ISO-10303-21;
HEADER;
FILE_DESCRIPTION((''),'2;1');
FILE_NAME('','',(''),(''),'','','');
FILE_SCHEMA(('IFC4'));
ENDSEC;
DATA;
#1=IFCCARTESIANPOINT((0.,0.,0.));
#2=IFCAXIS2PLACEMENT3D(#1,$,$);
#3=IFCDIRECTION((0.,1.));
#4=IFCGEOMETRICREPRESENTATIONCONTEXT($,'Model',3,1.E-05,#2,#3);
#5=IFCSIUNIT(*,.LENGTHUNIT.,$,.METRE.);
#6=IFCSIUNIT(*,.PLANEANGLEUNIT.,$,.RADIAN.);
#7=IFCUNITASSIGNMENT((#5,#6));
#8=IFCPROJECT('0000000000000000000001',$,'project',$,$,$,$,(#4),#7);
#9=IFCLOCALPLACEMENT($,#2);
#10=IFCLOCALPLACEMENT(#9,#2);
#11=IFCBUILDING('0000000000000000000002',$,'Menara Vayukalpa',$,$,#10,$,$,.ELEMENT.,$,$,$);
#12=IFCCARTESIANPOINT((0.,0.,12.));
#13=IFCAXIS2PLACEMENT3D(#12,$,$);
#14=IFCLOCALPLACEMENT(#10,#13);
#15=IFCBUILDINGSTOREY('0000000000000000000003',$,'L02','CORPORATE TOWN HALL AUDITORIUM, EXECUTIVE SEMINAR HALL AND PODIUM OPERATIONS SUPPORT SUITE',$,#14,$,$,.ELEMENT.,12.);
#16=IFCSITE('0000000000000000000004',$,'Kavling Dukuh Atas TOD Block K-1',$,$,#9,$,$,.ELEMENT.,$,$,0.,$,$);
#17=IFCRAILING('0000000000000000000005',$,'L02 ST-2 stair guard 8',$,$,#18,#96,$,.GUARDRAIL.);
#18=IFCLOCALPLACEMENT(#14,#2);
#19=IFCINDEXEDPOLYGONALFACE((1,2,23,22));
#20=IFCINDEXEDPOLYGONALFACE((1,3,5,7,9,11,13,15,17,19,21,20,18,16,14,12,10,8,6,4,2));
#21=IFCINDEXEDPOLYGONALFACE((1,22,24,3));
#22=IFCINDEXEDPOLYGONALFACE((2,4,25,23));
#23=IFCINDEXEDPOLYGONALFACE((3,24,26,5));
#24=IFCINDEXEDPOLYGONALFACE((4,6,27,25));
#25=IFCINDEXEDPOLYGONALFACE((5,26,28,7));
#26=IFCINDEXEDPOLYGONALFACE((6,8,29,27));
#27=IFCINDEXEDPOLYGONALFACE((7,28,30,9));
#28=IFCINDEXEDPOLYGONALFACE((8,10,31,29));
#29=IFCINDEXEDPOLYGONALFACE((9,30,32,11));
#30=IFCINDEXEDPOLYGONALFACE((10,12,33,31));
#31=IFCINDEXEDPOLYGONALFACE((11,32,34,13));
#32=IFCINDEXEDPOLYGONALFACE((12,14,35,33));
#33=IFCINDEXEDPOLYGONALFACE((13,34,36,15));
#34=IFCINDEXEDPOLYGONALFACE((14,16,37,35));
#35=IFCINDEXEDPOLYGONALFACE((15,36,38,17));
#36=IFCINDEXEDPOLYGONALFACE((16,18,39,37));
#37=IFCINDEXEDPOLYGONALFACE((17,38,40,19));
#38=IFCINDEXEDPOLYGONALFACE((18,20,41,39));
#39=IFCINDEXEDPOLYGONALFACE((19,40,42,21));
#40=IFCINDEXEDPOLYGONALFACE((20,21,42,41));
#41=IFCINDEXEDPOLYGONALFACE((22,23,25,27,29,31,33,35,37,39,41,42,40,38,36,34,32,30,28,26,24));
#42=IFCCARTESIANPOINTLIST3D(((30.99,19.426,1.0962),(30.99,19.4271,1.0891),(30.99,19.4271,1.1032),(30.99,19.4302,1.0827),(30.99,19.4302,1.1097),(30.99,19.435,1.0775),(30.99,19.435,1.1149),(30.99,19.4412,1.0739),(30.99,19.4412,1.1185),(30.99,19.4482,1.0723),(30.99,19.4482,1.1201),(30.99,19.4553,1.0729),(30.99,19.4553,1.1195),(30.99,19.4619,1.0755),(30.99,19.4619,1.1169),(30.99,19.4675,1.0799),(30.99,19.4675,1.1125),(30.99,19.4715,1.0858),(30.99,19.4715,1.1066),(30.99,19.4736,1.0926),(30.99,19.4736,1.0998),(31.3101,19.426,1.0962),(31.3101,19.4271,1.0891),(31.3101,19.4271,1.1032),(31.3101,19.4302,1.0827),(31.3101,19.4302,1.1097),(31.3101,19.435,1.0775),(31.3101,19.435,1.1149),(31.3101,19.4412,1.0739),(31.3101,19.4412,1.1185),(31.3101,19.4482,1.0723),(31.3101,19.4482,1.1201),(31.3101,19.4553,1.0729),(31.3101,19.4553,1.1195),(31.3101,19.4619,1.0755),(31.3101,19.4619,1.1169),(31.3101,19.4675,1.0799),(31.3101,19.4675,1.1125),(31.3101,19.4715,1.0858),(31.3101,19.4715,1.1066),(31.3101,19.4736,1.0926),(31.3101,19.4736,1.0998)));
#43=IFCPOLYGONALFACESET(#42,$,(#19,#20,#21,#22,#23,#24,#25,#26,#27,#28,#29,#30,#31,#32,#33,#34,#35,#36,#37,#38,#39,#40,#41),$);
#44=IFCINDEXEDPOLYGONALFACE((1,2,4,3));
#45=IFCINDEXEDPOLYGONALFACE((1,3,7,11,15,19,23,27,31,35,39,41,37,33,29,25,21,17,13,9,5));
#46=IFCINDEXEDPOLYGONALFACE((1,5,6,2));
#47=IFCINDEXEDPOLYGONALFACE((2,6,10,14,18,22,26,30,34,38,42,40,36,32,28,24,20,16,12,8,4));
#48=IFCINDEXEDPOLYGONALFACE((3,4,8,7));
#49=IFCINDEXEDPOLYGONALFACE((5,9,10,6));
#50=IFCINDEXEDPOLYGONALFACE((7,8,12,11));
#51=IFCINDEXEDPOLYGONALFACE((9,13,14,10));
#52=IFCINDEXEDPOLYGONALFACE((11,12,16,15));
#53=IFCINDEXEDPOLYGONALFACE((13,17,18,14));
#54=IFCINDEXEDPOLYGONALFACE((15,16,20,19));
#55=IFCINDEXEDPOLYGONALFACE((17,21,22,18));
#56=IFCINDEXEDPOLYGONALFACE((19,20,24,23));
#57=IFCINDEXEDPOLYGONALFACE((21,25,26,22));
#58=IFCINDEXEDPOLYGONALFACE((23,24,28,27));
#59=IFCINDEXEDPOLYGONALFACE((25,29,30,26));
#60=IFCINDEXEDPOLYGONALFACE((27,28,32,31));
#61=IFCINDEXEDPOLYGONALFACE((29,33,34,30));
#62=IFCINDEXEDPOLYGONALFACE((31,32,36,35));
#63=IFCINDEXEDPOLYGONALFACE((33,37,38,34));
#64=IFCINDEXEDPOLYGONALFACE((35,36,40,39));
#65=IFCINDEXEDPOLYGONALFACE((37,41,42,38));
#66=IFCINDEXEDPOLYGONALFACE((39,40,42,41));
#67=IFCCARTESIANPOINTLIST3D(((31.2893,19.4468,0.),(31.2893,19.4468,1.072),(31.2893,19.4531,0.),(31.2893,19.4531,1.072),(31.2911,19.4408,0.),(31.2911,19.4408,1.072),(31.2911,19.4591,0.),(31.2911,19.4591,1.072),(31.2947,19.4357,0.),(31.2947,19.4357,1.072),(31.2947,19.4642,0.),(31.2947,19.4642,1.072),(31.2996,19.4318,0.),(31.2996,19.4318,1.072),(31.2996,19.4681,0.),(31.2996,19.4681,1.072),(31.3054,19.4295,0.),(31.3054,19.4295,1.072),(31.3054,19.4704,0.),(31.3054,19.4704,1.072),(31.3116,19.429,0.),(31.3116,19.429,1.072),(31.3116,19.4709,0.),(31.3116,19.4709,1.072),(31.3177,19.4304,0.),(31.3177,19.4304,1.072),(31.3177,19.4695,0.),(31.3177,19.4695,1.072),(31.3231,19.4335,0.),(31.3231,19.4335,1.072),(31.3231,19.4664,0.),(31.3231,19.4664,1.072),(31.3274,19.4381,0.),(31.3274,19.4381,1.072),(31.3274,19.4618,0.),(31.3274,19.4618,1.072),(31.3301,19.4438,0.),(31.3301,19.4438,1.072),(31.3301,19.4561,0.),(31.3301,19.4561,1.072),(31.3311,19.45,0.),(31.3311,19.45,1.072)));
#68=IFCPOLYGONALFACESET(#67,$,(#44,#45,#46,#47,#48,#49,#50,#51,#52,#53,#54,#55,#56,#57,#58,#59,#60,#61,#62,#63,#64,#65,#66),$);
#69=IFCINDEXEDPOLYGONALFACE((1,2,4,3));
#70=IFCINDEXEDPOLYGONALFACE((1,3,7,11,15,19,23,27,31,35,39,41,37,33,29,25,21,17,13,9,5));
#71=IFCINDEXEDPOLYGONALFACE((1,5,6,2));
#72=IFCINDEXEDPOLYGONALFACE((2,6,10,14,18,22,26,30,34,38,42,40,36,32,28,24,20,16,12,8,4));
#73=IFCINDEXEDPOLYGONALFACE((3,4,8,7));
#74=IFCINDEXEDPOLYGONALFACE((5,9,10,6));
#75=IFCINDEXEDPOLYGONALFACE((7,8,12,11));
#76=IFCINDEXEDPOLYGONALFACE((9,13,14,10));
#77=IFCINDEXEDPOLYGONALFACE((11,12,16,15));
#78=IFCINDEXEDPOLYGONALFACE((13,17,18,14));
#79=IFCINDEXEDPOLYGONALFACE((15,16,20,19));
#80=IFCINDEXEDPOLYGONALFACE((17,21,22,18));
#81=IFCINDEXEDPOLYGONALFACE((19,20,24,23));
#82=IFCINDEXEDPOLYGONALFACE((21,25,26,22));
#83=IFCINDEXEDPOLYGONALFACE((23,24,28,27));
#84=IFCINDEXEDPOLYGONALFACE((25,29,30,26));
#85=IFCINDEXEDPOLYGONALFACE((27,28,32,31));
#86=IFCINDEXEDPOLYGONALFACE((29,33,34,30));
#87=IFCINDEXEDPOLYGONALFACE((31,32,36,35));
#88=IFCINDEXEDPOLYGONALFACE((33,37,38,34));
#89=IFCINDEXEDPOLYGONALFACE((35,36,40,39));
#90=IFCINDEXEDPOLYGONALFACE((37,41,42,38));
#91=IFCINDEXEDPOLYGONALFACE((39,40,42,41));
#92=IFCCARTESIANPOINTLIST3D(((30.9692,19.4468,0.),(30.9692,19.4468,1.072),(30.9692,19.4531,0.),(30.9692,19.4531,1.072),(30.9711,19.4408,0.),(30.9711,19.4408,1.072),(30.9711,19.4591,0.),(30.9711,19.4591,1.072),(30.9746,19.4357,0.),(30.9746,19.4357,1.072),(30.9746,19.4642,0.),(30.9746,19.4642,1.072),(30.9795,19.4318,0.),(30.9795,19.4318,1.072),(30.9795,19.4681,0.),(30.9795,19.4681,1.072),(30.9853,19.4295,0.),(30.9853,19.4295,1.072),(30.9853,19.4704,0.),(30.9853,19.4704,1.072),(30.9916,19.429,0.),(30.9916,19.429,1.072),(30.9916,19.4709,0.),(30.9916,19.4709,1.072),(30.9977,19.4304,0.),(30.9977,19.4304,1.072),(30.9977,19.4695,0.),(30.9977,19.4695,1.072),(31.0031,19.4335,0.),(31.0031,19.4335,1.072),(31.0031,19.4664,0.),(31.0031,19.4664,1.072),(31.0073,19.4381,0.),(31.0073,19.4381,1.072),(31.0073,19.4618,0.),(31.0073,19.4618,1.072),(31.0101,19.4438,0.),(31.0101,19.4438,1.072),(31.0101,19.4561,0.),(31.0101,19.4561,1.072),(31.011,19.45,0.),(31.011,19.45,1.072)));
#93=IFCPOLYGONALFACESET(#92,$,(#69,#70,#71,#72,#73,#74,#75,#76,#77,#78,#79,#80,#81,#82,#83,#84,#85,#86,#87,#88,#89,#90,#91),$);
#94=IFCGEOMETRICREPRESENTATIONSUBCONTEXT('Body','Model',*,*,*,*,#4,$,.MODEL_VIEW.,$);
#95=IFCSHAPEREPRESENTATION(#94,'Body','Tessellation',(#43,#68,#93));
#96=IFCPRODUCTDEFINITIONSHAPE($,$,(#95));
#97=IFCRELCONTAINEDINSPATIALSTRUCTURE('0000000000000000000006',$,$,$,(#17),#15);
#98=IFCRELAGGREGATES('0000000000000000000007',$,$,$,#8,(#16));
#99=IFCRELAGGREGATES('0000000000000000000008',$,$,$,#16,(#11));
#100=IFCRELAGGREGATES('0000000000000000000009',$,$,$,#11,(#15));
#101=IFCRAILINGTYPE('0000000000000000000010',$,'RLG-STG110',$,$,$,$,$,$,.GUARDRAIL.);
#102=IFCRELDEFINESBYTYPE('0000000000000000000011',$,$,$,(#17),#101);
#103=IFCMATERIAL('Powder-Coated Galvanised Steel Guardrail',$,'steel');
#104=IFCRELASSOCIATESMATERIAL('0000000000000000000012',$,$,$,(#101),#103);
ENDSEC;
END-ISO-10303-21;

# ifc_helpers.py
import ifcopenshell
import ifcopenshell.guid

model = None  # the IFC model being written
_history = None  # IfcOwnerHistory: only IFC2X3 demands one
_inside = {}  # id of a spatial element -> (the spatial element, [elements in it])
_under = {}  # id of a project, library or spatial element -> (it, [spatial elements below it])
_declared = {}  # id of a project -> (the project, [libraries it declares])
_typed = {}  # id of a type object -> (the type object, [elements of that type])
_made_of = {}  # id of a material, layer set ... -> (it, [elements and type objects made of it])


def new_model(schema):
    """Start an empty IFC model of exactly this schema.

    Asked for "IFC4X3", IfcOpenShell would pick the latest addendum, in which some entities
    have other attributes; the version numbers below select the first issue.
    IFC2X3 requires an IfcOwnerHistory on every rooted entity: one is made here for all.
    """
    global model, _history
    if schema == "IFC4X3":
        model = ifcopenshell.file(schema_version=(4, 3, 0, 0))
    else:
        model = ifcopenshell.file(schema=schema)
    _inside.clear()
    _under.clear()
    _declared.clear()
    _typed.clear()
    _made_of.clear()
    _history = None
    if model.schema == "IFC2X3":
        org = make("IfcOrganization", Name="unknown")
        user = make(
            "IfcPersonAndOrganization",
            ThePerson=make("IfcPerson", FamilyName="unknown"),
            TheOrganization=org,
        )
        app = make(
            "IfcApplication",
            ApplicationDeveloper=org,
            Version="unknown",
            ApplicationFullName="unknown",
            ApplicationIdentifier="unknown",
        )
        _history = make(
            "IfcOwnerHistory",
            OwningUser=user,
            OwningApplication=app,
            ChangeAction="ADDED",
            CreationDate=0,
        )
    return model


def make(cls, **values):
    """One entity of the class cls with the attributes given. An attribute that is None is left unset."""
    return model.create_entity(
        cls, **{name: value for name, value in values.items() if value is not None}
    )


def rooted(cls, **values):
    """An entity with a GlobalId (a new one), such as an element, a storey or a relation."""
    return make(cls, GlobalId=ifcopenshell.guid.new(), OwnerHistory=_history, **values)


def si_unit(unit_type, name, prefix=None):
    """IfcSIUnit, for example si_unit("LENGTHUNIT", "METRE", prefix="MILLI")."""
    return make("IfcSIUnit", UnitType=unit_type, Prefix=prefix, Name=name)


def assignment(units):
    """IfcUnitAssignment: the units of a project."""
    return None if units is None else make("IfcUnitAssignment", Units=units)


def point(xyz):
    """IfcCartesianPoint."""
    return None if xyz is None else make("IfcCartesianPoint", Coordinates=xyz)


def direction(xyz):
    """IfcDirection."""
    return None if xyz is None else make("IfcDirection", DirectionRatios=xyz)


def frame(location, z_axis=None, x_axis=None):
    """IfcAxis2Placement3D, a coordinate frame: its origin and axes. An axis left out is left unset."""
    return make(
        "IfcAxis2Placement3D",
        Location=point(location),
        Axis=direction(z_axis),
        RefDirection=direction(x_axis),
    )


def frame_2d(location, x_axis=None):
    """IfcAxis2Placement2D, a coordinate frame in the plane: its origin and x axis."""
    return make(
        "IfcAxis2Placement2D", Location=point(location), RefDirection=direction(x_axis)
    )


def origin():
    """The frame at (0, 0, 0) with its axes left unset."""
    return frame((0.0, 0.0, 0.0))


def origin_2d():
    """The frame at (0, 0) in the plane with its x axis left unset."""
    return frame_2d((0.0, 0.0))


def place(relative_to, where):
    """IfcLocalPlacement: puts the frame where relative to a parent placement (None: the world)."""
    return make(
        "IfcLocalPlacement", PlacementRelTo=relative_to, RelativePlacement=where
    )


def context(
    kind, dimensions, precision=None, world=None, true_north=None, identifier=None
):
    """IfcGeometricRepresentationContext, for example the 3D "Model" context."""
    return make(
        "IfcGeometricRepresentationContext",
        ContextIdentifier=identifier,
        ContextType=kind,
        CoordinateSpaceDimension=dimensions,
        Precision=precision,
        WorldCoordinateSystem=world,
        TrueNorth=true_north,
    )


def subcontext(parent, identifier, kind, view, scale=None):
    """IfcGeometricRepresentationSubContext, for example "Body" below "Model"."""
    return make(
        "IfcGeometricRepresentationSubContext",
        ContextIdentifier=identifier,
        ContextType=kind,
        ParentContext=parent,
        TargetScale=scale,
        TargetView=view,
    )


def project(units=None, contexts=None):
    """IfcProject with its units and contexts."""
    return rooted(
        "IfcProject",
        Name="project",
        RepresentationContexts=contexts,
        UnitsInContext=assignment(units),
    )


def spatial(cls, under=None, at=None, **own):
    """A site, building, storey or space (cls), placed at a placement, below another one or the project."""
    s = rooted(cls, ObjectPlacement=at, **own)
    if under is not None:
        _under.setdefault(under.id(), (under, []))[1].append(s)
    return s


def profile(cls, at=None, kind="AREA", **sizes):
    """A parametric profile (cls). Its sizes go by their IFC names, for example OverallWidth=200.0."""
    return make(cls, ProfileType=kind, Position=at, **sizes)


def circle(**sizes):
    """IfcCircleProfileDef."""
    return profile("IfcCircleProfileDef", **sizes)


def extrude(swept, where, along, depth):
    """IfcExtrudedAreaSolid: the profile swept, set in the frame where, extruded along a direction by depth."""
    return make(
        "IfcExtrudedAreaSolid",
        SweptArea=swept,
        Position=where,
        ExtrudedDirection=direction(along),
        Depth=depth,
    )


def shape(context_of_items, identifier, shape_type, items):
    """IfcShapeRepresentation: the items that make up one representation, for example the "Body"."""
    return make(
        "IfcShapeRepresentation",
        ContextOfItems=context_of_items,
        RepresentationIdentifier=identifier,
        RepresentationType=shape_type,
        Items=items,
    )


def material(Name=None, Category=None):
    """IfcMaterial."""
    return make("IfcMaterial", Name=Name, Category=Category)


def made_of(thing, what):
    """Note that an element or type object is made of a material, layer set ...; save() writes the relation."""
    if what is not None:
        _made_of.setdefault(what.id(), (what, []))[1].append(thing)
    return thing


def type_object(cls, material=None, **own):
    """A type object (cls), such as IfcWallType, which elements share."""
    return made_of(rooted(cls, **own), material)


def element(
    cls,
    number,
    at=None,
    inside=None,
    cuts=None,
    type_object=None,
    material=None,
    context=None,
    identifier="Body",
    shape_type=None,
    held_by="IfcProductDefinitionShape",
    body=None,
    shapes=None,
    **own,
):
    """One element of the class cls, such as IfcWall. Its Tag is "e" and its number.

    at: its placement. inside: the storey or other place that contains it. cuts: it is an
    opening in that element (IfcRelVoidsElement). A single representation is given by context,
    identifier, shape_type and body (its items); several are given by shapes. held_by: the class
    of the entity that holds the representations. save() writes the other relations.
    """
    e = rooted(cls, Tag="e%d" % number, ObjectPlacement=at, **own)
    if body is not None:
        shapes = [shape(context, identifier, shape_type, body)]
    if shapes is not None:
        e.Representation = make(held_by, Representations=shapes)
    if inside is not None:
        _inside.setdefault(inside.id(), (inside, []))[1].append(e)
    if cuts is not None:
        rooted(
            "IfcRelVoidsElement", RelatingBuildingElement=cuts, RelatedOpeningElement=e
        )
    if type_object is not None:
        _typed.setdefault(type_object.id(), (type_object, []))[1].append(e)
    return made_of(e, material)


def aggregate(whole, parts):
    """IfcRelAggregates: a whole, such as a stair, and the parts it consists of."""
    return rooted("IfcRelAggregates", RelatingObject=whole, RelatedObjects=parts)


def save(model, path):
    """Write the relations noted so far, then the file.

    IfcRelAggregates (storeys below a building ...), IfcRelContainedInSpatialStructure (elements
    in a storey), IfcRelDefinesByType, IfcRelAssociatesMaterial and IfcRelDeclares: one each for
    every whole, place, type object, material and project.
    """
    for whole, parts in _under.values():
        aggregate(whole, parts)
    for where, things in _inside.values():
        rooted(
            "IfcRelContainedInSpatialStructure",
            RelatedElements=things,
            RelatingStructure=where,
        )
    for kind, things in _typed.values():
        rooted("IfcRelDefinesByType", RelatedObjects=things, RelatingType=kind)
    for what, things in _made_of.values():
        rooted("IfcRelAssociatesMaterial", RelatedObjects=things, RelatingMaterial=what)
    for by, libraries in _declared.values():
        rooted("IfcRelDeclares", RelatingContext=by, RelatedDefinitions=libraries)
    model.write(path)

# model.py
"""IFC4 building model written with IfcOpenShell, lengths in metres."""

from ifc_helpers import new_model, si_unit, direction, frame, origin, origin_2d, place, context, subcontext, project, spatial, circle, extrude, material, type_object, element, save


model = new_model("IFC4")

# Units and contexts
model_context = context("Model", 3, precision=1e-05, world=origin(), true_north=direction((0.0, 1.0)))
body_context = subcontext(model_context, "Body", "Model", "MODEL_VIEW")
ifc_project = project(units=[si_unit("LENGTHUNIT", "METRE"), si_unit("PLANEANGLEUNIT", "RADIAN")], contexts=[model_context])

# Site, building, storey
site_placement = place(None, origin())
site = spatial("IfcSite", under=ifc_project, at=site_placement, Name="Kavling Dukuh Atas TOD Block K-1", CompositionType="ELEMENT", RefElevation=0.0)
building_placement = place(site_placement, origin())
building = spatial("IfcBuilding", under=site, at=building_placement, Name="Menara Vayukalpa", CompositionType="ELEMENT")
storey_placement = place(building_placement, frame((0.0, 0.0, 12.0)))
storey = spatial("IfcBuildingStorey", under=building, at=storey_placement, Name="L02", Description="CORPORATE TOWN HALL AUDITORIUM, EXECUTIVE SEMINAR HALL AND PODIUM OPERATIONS SUPPORT SUITE", CompositionType="ELEMENT", Elevation=12.0)

# Railing
ifc_material_1 = material(Name="Powder-Coated Galvanised Steel Guardrail", Category="steel")
railing_type = type_object("IfcRailingType", Name="RLG-STG110", PredefinedType="GUARDRAIL", material=ifc_material_1)
railing_1_placement = place(storey_placement, frame((31.3101, 19.45, 0.0)))
element("IfcRailing", 1, at=railing_1_placement, inside=storey, type_object=railing_type, Name="L02 ST-2 stair guard 8", PredefinedType="GUARDRAIL", context=body_context, shape_type="SweptSolid", body=[
    extrude(circle(Radius=0.0239, at=origin_2d()), frame((0.0, 0.0, 1.0962), z_axis=(-1.0, 0.0, 0.0), x_axis=(0.0, -1.0, 0.0)), (0.0, 0.0, 1.0), 0.3201),
    extrude(circle(Radius=0.021, at=origin_2d()), origin(), (0.0, 0.0, 1.0), 1.072),
    extrude(circle(Radius=0.021, at=origin_2d()), frame((-0.3201, 0.0, 0.0)), (0.0, 0.0, 1.0), 1.072),
])

save(model, "model.ifc")
